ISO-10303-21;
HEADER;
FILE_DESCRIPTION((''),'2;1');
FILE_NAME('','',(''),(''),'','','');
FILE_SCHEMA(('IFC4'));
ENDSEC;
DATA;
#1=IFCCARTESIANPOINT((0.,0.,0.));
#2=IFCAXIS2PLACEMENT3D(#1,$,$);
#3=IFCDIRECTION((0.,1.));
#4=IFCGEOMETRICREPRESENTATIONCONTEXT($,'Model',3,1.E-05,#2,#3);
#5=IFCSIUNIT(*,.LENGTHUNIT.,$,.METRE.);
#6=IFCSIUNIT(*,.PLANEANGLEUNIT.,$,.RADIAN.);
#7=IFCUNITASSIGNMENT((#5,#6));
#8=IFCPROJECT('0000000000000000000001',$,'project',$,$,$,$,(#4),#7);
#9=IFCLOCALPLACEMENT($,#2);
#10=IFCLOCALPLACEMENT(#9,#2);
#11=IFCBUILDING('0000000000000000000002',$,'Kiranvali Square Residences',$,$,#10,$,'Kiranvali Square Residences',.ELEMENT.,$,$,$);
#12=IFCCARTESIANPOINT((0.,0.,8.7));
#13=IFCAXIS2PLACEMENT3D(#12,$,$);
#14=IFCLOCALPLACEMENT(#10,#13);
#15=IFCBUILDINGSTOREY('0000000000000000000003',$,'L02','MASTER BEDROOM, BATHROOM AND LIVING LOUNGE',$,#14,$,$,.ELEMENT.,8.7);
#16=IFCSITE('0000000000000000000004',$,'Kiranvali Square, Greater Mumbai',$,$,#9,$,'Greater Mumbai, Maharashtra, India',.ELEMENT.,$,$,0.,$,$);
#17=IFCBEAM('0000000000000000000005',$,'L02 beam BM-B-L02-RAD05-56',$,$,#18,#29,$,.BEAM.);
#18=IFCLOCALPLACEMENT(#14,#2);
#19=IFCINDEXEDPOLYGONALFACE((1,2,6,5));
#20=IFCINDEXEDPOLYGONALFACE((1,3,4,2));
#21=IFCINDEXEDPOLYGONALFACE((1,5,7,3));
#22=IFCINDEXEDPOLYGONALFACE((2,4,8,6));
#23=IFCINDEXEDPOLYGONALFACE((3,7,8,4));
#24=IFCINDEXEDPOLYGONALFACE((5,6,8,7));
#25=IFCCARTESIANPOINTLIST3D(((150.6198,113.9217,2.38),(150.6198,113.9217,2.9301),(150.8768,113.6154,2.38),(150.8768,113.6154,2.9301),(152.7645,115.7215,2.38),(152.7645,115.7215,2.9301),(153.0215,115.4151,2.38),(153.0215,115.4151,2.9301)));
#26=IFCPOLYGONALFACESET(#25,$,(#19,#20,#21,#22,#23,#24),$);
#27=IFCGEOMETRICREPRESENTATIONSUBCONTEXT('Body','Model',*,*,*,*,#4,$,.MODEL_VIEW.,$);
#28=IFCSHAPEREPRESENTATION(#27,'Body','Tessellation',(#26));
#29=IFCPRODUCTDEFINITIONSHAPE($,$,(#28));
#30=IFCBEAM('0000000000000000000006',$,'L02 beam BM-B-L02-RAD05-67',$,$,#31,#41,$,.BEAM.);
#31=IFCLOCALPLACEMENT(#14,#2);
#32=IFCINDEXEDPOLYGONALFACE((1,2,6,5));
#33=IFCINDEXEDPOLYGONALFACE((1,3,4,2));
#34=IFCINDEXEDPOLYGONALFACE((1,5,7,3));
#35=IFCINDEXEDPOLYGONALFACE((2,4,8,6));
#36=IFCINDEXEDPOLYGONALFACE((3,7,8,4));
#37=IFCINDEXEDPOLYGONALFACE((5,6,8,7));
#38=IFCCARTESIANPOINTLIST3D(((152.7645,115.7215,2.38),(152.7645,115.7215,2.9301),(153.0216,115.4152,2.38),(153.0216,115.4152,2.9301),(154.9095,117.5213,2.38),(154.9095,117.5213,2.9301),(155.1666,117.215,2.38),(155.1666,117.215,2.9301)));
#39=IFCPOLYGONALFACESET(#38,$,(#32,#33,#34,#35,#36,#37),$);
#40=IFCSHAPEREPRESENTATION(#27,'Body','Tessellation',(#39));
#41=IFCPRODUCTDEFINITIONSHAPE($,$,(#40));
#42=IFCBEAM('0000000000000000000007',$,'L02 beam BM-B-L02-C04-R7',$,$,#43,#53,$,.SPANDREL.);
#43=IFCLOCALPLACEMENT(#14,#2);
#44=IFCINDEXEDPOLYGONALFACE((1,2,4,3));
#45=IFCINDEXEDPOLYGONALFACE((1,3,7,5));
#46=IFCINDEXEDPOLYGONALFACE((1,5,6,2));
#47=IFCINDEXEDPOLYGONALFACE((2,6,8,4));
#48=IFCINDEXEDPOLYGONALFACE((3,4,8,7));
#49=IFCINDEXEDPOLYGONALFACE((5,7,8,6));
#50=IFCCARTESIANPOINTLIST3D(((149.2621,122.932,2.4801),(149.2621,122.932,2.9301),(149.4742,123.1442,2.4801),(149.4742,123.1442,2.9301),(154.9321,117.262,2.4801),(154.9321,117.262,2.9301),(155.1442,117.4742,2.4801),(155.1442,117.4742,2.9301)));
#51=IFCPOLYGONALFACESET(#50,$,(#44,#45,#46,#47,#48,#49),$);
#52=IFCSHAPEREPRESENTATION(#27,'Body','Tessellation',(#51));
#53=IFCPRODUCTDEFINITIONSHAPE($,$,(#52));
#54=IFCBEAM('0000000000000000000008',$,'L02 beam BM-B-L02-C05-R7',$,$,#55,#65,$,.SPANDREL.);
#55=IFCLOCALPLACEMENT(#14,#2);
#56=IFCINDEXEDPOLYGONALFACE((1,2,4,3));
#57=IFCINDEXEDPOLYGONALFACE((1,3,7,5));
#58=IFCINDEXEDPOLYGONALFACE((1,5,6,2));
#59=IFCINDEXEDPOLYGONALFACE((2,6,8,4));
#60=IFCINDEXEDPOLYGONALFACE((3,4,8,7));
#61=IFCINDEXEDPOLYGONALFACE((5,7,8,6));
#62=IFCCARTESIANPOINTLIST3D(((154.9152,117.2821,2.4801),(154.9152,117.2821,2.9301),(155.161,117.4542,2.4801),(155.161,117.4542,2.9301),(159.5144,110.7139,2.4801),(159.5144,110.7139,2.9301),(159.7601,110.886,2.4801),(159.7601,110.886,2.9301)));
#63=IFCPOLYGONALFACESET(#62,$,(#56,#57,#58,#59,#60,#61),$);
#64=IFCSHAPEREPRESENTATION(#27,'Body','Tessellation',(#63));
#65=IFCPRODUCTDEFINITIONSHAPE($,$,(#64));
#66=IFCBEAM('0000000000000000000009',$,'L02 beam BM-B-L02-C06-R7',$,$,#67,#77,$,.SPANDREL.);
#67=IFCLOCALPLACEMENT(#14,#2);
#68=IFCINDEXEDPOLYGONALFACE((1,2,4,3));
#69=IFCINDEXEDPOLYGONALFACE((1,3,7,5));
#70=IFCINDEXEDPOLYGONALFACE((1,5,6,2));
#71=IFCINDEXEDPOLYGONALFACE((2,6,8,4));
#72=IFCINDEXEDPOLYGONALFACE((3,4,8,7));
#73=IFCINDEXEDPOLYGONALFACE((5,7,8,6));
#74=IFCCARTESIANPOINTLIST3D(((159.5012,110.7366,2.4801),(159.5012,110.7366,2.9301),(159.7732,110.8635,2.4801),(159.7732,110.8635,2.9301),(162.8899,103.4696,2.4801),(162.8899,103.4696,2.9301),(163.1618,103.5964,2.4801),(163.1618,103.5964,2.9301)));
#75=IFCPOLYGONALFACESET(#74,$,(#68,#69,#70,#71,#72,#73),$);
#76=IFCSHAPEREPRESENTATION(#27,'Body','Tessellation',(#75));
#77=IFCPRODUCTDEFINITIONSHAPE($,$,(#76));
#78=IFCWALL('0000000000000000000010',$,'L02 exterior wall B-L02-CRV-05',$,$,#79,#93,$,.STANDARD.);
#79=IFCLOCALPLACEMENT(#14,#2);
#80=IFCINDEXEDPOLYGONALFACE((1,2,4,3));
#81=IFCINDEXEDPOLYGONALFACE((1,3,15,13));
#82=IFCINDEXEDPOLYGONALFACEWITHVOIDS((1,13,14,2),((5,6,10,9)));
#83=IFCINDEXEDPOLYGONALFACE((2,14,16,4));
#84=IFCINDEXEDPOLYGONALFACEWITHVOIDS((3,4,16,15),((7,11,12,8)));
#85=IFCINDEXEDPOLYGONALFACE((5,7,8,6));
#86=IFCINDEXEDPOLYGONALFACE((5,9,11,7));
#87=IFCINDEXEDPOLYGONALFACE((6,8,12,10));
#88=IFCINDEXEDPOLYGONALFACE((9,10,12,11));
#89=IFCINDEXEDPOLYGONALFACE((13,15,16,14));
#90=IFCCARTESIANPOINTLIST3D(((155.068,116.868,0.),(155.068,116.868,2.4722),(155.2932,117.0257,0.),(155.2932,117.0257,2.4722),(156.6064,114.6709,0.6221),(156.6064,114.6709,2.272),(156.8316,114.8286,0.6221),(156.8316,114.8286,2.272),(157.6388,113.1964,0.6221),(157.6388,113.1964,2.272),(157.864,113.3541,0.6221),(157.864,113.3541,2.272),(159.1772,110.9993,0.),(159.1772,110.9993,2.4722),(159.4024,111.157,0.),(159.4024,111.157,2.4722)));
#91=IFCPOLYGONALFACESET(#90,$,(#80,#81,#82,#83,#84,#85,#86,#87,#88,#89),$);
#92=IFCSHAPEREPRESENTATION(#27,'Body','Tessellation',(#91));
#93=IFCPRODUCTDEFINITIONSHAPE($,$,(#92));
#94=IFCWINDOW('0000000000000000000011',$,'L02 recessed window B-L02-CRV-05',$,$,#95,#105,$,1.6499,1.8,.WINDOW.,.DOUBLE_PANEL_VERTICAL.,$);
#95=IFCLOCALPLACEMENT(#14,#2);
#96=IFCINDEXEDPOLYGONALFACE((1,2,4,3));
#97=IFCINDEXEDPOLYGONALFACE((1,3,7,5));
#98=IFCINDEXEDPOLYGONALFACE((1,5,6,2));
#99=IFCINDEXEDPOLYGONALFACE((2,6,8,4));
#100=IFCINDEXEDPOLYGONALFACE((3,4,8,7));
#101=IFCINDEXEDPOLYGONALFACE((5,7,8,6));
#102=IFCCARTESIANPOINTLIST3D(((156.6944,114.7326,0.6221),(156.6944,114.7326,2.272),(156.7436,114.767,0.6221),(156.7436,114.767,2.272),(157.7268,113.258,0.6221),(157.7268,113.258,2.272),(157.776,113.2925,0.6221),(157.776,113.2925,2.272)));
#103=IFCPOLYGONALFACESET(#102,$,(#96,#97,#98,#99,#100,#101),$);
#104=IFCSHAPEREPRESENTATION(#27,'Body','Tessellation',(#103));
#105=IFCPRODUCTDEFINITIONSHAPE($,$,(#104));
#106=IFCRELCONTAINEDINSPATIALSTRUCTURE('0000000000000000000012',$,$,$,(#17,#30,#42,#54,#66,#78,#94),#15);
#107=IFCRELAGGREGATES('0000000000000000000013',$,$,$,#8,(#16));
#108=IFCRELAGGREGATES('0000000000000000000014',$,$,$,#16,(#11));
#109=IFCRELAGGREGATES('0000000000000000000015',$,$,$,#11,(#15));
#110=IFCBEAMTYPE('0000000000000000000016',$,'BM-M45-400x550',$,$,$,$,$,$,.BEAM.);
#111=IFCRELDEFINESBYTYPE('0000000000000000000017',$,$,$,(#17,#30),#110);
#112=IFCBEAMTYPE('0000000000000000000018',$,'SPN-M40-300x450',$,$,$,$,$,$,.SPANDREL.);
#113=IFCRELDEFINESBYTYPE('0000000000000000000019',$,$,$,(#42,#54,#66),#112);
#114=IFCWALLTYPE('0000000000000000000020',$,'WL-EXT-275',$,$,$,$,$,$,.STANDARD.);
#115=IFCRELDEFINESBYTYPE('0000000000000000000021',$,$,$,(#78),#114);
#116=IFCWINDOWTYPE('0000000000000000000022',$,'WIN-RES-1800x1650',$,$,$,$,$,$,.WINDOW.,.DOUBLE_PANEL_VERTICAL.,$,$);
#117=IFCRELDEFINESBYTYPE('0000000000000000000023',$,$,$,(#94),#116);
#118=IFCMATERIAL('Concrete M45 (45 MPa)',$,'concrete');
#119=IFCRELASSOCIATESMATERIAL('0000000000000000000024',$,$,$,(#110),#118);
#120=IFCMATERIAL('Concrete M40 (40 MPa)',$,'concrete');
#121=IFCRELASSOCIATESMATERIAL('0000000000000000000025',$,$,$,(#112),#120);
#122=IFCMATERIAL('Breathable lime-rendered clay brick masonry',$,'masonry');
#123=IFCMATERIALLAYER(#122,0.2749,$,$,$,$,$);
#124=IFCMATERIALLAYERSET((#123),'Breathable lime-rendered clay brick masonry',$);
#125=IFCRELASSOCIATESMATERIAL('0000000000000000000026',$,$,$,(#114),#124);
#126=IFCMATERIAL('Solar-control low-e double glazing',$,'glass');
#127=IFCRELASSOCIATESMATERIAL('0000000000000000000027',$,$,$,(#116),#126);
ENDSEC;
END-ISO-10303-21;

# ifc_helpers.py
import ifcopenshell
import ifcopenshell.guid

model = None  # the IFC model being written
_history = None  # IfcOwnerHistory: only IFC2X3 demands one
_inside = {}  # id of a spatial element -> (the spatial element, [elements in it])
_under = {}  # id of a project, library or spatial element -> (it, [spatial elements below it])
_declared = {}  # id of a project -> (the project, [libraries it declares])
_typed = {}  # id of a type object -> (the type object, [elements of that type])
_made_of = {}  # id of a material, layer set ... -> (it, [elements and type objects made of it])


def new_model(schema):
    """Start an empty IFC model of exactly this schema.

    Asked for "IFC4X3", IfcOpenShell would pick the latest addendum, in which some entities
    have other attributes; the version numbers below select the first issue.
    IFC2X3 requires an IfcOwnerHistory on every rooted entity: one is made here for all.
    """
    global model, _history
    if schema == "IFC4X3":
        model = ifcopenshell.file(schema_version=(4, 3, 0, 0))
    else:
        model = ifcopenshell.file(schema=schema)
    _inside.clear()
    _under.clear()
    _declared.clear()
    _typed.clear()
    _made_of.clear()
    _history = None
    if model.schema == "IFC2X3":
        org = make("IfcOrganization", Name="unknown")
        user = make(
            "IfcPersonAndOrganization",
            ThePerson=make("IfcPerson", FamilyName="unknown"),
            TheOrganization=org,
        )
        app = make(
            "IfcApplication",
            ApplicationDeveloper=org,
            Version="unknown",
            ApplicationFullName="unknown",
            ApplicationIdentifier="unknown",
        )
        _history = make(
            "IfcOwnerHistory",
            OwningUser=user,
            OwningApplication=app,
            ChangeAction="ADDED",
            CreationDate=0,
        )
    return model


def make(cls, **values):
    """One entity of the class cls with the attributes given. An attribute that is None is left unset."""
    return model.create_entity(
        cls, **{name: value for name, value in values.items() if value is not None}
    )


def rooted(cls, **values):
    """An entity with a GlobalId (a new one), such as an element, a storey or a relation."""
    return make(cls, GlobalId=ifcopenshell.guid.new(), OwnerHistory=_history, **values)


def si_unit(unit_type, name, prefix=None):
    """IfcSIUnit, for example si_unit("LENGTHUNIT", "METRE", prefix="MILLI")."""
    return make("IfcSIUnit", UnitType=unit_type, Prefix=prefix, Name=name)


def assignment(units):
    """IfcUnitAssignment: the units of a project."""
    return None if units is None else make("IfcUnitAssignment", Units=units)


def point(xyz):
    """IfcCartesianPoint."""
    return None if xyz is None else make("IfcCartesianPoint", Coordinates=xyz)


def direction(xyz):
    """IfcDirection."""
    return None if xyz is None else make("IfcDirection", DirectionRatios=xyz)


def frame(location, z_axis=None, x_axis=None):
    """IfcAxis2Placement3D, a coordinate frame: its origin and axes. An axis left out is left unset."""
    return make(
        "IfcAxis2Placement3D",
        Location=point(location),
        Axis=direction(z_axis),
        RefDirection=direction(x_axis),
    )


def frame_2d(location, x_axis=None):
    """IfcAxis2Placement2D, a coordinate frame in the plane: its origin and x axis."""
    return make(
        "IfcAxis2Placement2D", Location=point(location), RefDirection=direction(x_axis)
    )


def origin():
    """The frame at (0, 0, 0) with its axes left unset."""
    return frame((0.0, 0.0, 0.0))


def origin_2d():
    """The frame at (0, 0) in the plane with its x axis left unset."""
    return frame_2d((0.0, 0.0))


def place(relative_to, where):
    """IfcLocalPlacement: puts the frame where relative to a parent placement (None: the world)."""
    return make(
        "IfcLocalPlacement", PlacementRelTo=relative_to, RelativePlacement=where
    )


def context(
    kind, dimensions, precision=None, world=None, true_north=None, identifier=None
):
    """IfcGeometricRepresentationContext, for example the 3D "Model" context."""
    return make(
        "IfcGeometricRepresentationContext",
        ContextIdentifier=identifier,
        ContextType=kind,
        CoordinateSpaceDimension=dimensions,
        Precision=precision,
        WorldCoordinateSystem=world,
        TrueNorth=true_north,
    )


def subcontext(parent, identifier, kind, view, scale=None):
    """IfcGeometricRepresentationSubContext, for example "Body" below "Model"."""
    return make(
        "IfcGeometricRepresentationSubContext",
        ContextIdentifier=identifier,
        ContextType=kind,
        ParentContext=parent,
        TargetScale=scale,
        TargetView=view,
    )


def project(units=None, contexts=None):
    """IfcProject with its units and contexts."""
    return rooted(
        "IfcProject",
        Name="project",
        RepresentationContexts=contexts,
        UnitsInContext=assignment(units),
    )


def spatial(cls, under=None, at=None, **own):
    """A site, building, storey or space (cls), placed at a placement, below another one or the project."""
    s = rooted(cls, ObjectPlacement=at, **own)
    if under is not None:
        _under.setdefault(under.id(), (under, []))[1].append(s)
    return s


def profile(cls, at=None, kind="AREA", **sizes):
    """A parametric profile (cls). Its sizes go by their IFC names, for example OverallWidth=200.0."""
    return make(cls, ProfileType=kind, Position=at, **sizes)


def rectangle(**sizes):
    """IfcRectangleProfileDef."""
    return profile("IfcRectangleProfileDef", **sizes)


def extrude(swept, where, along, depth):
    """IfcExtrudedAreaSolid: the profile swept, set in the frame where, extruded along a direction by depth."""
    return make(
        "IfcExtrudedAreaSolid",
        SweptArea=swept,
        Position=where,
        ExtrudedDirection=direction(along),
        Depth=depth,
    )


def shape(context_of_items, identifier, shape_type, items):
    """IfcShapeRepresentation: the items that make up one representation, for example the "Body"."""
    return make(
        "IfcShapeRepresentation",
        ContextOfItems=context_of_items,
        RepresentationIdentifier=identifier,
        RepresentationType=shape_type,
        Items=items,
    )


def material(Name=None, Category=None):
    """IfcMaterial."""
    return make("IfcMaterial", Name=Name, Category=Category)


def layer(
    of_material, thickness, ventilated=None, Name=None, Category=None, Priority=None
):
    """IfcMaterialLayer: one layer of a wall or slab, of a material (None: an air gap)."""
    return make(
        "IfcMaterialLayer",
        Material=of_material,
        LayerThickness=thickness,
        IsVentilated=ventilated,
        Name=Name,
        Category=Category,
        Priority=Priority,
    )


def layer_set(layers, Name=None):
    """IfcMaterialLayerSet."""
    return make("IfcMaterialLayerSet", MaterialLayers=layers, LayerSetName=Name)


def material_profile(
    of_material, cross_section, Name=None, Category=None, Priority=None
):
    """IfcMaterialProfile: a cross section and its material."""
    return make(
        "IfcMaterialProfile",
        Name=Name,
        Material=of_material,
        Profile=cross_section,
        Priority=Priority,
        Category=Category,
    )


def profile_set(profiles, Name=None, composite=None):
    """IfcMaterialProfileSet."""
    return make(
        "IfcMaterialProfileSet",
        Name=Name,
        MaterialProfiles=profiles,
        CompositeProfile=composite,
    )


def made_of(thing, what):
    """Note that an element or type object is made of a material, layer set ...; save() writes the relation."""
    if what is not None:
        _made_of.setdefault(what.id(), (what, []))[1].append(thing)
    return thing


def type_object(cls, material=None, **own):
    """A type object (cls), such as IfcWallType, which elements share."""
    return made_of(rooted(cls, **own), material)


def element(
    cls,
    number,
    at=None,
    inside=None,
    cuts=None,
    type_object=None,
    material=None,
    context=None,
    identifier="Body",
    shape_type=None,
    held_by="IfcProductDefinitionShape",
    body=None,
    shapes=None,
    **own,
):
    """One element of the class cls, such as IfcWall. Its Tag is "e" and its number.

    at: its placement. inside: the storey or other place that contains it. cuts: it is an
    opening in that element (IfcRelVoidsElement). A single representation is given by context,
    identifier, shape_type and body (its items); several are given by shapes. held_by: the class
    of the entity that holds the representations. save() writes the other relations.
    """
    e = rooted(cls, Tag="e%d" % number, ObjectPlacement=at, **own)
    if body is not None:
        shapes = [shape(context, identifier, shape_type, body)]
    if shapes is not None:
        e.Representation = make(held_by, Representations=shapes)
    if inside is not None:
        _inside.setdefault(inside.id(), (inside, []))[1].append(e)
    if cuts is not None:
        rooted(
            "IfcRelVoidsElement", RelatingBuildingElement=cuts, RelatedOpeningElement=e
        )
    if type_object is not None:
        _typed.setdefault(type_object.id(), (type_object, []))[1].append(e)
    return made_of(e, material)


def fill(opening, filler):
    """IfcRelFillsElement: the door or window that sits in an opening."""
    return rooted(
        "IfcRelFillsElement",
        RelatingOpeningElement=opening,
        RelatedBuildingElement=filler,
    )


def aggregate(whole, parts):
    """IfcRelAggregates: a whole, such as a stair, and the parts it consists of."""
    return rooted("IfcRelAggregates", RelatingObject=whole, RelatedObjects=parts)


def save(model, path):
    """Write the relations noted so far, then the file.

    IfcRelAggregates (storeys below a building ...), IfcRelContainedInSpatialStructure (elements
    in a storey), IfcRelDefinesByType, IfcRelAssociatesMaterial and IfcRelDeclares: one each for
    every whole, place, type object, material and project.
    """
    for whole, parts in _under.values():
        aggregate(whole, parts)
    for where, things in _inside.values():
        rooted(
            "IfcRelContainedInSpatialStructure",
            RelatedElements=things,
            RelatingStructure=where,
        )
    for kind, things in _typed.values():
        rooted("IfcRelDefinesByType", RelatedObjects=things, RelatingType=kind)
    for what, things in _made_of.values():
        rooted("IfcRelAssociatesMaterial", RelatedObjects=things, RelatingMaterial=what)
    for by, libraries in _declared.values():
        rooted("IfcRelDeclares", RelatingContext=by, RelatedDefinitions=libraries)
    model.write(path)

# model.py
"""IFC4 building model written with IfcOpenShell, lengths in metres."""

from ifc_helpers import new_model, si_unit, direction, frame, frame_2d, origin, origin_2d, place, context, subcontext, project, spatial, rectangle, extrude, material, layer, layer_set, material_profile, profile_set, type_object, element, fill, save


model = new_model("IFC4")

# Units and contexts
model_context = context("Model", 3, precision=1e-05, world=origin(), true_north=direction((0.0, 1.0)))
body_context = subcontext(model_context, "Body", "Model", "MODEL_VIEW")
ifc_project = project(units=[si_unit("LENGTHUNIT", "METRE"), si_unit("PLANEANGLEUNIT", "RADIAN")], contexts=[model_context])

# Site, building, storey
site_placement = place(None, origin())
site = spatial("IfcSite", under=ifc_project, at=site_placement, Name="Kiranvali Square, Greater Mumbai", LongName="Greater Mumbai, Maharashtra, India", CompositionType="ELEMENT", RefElevation=0.0)
building_placement = place(site_placement, origin())
building = spatial("IfcBuilding", under=site, at=building_placement, Name="Kiranvali Square Residences", LongName="Kiranvali Square Residences", CompositionType="ELEMENT")
storey_placement = place(building_placement, frame((0.0, 0.0, 8.7)))
storey = spatial("IfcBuildingStorey", under=building, at=storey_placement, Name="L02", Description="MASTER BEDROOM, BATHROOM AND LIVING LOUNGE", CompositionType="ELEMENT", Elevation=8.7)

# Beams
ifc_material_1 = material(Name="Concrete M45 (45 MPa)", Category="concrete")
ifc_material_profile_1 = material_profile(ifc_material_1, rectangle(XDim=0.3999, YDim=0.55, at=origin_2d()), Name="RC 400x550")
ifc_profile_set_1 = profile_set([ifc_material_profile_1], Name="Concrete M45 (45 MPa)")
beam_type_1 = type_object("IfcBeamType", Name="BM-M45-400x550", PredefinedType="BEAM", material=ifc_profile_set_1)
beam_1_placement = place(storey_placement, frame((150.7483, 113.7686, 2.655), z_axis=(0.766023, 0.642814, 0.0), x_axis=(-0.642814, 0.766023, 0.0)))
element("IfcBeam", 1, at=beam_1_placement, inside=storey, type_object=beam_type_1, Name="L02 beam BM-B-L02-RAD05-56", PredefinedType="BEAM", context=body_context, shape_type="SweptSolid", body=[
    extrude(rectangle(XDim=0.3999, YDim=0.55, at=origin_2d()), origin(), (0.0, 0.0, 1.0), 2.7998),
])
beam_2_placement = place(storey_placement, frame((152.8931, 115.5684, 2.655), z_axis=(0.766059, 0.642771, 0.0), x_axis=(-0.642771, 0.766059, 0.0)))
element("IfcBeam", 2, at=beam_2_placement, inside=storey, type_object=beam_type_1, Name="L02 beam BM-B-L02-RAD05-67", PredefinedType="BEAM", context=body_context, shape_type="SweptSolid", body=[
    extrude(rectangle(XDim=0.3999, YDim=0.55, at=origin_2d()), origin(), (0.0, 0.0, 1.0), 2.8),
])
ifc_material_2 = material(Name="Concrete M40 (40 MPa)", Category="concrete")
ifc_material_profile_2 = material_profile(ifc_material_2, rectangle(XDim=0.3, YDim=0.45, at=origin_2d()), Name="RC 300x450")
ifc_profile_set_2 = profile_set([ifc_material_profile_2], Name="Concrete M40 (40 MPa)")
beam_type_2 = type_object("IfcBeamType", Name="SPN-M40-300x450", PredefinedType="SPANDREL", material=ifc_profile_set_2)
beam_3_placement = place(storey_placement, frame((149.3682, 123.0381, 2.7051), z_axis=(0.707107, -0.707107, 0.0), x_axis=(0.707107, 0.707107, 0.0)))
element("IfcBeam", 3, at=beam_3_placement, inside=storey, type_object=beam_type_2, Name="L02 beam BM-B-L02-C04-R7", PredefinedType="SPANDREL", context=body_context, shape_type="SweptSolid", body=[
    extrude(rectangle(XDim=0.3, YDim=0.45, at=origin_2d()), origin(), (0.0, 0.0, 1.0), 8.0186),
])
for number, where, z_axis, x_axis, name in (
    (4, (155.0381, 117.3682, 2.7051), (0.573583, -0.819148, 0.0), (0.819148, 0.573583, 0.0), "L02 beam BM-B-L02-C05-R7"),
    (5, (159.6372, 110.8, 2.7051), (0.422615, -0.906309, 0.0), (0.906309, 0.422615, 0.0), "L02 beam BM-B-L02-C06-R7"),
):
    element("IfcBeam", number, at=place(storey_placement, frame(where, z_axis=z_axis, x_axis=x_axis)), inside=storey, type_object=beam_type_2, Name=name, PredefinedType="SPANDREL", context=body_context, shape_type="SweptSolid", body=[
        extrude(rectangle(XDim=0.3, YDim=0.45, at=origin_2d()), origin(), (0.0, 0.0, 1.0), 8.0183),
    ])

# Shared definitions
ifc_material_3 = material(Name="Breathable lime-rendered clay brick masonry", Category="masonry")
ifc_layer = layer(ifc_material_3, 0.2749)
ifc_layer_set = layer_set([ifc_layer], Name="Breathable lime-rendered clay brick masonry")
wall_type = type_object("IfcWallType", Name="WL-EXT-275", PredefinedType="STANDARD", material=ifc_layer_set)
ifc_material_4 = material(Name="Solar-control low-e double glazing", Category="glass")

# Wall, opening, window
wall_1_placement = place(storey_placement, frame((155.1807, 116.9468, 0.0), z_axis=(0.0, 0.0, 1.0), x_axis=(0.573563, -0.819161, 0.0)))
wall_1 = element("IfcWall", 6, at=wall_1_placement, inside=storey, type_object=wall_type, Name="L02 exterior wall B-L02-CRV-05", PredefinedType="STANDARD", context=body_context, shape_type="SweptSolid", body=[
    extrude(rectangle(XDim=7.1643, YDim=0.2749, at=frame_2d((3.582, 0.0))), origin(), (0.0, 0.0, 1.0), 2.4722),
])
opening_1_placement = place(wall_1_placement, frame((2.6821, 0.0, 0.6221)))
opening_1 = element("IfcOpeningElement", 7, at=opening_1_placement, cuts=wall_1, PredefinedType="OPENING", context=body_context, shape_type="SweptSolid", body=[
    extrude(rectangle(XDim=1.8, YDim=1.6499, at=frame_2d((0.8999, 0.825))), frame((0.0, 0.1475, 0.0), z_axis=(0.0, -1.0, 0.0), x_axis=(1.0, 0.0, 0.0)), (0.0, 0.0, 1.0), 0.2949),
])
window_type_1 = type_object("IfcWindowType", Name="WIN-RES-1800x1650", PartitioningType="DOUBLE_PANEL_VERTICAL", PredefinedType="WINDOW", material=ifc_material_4)
window_1_placement = place(opening_1_placement, origin())
window_1 = element("IfcWindow", 8, at=window_1_placement, inside=storey, type_object=window_type_1, Name="L02 recessed window B-L02-CRV-05", OverallHeight=1.6499, OverallWidth=1.8, PartitioningType="DOUBLE_PANEL_VERTICAL", PredefinedType="WINDOW", context=body_context, shape_type="SweptSolid", body=[
    extrude(rectangle(XDim=1.8, YDim=1.6499, at=frame_2d((0.8999, 0.825))), frame((0.0, 0.03, 0.0), z_axis=(0.0, -1.0, 0.0), x_axis=(1.0, 0.0, 0.0)), (0.0, 0.0, 1.0), 0.0601),
])
fill(opening_1, window_1)

save(model, "model.ifc")
